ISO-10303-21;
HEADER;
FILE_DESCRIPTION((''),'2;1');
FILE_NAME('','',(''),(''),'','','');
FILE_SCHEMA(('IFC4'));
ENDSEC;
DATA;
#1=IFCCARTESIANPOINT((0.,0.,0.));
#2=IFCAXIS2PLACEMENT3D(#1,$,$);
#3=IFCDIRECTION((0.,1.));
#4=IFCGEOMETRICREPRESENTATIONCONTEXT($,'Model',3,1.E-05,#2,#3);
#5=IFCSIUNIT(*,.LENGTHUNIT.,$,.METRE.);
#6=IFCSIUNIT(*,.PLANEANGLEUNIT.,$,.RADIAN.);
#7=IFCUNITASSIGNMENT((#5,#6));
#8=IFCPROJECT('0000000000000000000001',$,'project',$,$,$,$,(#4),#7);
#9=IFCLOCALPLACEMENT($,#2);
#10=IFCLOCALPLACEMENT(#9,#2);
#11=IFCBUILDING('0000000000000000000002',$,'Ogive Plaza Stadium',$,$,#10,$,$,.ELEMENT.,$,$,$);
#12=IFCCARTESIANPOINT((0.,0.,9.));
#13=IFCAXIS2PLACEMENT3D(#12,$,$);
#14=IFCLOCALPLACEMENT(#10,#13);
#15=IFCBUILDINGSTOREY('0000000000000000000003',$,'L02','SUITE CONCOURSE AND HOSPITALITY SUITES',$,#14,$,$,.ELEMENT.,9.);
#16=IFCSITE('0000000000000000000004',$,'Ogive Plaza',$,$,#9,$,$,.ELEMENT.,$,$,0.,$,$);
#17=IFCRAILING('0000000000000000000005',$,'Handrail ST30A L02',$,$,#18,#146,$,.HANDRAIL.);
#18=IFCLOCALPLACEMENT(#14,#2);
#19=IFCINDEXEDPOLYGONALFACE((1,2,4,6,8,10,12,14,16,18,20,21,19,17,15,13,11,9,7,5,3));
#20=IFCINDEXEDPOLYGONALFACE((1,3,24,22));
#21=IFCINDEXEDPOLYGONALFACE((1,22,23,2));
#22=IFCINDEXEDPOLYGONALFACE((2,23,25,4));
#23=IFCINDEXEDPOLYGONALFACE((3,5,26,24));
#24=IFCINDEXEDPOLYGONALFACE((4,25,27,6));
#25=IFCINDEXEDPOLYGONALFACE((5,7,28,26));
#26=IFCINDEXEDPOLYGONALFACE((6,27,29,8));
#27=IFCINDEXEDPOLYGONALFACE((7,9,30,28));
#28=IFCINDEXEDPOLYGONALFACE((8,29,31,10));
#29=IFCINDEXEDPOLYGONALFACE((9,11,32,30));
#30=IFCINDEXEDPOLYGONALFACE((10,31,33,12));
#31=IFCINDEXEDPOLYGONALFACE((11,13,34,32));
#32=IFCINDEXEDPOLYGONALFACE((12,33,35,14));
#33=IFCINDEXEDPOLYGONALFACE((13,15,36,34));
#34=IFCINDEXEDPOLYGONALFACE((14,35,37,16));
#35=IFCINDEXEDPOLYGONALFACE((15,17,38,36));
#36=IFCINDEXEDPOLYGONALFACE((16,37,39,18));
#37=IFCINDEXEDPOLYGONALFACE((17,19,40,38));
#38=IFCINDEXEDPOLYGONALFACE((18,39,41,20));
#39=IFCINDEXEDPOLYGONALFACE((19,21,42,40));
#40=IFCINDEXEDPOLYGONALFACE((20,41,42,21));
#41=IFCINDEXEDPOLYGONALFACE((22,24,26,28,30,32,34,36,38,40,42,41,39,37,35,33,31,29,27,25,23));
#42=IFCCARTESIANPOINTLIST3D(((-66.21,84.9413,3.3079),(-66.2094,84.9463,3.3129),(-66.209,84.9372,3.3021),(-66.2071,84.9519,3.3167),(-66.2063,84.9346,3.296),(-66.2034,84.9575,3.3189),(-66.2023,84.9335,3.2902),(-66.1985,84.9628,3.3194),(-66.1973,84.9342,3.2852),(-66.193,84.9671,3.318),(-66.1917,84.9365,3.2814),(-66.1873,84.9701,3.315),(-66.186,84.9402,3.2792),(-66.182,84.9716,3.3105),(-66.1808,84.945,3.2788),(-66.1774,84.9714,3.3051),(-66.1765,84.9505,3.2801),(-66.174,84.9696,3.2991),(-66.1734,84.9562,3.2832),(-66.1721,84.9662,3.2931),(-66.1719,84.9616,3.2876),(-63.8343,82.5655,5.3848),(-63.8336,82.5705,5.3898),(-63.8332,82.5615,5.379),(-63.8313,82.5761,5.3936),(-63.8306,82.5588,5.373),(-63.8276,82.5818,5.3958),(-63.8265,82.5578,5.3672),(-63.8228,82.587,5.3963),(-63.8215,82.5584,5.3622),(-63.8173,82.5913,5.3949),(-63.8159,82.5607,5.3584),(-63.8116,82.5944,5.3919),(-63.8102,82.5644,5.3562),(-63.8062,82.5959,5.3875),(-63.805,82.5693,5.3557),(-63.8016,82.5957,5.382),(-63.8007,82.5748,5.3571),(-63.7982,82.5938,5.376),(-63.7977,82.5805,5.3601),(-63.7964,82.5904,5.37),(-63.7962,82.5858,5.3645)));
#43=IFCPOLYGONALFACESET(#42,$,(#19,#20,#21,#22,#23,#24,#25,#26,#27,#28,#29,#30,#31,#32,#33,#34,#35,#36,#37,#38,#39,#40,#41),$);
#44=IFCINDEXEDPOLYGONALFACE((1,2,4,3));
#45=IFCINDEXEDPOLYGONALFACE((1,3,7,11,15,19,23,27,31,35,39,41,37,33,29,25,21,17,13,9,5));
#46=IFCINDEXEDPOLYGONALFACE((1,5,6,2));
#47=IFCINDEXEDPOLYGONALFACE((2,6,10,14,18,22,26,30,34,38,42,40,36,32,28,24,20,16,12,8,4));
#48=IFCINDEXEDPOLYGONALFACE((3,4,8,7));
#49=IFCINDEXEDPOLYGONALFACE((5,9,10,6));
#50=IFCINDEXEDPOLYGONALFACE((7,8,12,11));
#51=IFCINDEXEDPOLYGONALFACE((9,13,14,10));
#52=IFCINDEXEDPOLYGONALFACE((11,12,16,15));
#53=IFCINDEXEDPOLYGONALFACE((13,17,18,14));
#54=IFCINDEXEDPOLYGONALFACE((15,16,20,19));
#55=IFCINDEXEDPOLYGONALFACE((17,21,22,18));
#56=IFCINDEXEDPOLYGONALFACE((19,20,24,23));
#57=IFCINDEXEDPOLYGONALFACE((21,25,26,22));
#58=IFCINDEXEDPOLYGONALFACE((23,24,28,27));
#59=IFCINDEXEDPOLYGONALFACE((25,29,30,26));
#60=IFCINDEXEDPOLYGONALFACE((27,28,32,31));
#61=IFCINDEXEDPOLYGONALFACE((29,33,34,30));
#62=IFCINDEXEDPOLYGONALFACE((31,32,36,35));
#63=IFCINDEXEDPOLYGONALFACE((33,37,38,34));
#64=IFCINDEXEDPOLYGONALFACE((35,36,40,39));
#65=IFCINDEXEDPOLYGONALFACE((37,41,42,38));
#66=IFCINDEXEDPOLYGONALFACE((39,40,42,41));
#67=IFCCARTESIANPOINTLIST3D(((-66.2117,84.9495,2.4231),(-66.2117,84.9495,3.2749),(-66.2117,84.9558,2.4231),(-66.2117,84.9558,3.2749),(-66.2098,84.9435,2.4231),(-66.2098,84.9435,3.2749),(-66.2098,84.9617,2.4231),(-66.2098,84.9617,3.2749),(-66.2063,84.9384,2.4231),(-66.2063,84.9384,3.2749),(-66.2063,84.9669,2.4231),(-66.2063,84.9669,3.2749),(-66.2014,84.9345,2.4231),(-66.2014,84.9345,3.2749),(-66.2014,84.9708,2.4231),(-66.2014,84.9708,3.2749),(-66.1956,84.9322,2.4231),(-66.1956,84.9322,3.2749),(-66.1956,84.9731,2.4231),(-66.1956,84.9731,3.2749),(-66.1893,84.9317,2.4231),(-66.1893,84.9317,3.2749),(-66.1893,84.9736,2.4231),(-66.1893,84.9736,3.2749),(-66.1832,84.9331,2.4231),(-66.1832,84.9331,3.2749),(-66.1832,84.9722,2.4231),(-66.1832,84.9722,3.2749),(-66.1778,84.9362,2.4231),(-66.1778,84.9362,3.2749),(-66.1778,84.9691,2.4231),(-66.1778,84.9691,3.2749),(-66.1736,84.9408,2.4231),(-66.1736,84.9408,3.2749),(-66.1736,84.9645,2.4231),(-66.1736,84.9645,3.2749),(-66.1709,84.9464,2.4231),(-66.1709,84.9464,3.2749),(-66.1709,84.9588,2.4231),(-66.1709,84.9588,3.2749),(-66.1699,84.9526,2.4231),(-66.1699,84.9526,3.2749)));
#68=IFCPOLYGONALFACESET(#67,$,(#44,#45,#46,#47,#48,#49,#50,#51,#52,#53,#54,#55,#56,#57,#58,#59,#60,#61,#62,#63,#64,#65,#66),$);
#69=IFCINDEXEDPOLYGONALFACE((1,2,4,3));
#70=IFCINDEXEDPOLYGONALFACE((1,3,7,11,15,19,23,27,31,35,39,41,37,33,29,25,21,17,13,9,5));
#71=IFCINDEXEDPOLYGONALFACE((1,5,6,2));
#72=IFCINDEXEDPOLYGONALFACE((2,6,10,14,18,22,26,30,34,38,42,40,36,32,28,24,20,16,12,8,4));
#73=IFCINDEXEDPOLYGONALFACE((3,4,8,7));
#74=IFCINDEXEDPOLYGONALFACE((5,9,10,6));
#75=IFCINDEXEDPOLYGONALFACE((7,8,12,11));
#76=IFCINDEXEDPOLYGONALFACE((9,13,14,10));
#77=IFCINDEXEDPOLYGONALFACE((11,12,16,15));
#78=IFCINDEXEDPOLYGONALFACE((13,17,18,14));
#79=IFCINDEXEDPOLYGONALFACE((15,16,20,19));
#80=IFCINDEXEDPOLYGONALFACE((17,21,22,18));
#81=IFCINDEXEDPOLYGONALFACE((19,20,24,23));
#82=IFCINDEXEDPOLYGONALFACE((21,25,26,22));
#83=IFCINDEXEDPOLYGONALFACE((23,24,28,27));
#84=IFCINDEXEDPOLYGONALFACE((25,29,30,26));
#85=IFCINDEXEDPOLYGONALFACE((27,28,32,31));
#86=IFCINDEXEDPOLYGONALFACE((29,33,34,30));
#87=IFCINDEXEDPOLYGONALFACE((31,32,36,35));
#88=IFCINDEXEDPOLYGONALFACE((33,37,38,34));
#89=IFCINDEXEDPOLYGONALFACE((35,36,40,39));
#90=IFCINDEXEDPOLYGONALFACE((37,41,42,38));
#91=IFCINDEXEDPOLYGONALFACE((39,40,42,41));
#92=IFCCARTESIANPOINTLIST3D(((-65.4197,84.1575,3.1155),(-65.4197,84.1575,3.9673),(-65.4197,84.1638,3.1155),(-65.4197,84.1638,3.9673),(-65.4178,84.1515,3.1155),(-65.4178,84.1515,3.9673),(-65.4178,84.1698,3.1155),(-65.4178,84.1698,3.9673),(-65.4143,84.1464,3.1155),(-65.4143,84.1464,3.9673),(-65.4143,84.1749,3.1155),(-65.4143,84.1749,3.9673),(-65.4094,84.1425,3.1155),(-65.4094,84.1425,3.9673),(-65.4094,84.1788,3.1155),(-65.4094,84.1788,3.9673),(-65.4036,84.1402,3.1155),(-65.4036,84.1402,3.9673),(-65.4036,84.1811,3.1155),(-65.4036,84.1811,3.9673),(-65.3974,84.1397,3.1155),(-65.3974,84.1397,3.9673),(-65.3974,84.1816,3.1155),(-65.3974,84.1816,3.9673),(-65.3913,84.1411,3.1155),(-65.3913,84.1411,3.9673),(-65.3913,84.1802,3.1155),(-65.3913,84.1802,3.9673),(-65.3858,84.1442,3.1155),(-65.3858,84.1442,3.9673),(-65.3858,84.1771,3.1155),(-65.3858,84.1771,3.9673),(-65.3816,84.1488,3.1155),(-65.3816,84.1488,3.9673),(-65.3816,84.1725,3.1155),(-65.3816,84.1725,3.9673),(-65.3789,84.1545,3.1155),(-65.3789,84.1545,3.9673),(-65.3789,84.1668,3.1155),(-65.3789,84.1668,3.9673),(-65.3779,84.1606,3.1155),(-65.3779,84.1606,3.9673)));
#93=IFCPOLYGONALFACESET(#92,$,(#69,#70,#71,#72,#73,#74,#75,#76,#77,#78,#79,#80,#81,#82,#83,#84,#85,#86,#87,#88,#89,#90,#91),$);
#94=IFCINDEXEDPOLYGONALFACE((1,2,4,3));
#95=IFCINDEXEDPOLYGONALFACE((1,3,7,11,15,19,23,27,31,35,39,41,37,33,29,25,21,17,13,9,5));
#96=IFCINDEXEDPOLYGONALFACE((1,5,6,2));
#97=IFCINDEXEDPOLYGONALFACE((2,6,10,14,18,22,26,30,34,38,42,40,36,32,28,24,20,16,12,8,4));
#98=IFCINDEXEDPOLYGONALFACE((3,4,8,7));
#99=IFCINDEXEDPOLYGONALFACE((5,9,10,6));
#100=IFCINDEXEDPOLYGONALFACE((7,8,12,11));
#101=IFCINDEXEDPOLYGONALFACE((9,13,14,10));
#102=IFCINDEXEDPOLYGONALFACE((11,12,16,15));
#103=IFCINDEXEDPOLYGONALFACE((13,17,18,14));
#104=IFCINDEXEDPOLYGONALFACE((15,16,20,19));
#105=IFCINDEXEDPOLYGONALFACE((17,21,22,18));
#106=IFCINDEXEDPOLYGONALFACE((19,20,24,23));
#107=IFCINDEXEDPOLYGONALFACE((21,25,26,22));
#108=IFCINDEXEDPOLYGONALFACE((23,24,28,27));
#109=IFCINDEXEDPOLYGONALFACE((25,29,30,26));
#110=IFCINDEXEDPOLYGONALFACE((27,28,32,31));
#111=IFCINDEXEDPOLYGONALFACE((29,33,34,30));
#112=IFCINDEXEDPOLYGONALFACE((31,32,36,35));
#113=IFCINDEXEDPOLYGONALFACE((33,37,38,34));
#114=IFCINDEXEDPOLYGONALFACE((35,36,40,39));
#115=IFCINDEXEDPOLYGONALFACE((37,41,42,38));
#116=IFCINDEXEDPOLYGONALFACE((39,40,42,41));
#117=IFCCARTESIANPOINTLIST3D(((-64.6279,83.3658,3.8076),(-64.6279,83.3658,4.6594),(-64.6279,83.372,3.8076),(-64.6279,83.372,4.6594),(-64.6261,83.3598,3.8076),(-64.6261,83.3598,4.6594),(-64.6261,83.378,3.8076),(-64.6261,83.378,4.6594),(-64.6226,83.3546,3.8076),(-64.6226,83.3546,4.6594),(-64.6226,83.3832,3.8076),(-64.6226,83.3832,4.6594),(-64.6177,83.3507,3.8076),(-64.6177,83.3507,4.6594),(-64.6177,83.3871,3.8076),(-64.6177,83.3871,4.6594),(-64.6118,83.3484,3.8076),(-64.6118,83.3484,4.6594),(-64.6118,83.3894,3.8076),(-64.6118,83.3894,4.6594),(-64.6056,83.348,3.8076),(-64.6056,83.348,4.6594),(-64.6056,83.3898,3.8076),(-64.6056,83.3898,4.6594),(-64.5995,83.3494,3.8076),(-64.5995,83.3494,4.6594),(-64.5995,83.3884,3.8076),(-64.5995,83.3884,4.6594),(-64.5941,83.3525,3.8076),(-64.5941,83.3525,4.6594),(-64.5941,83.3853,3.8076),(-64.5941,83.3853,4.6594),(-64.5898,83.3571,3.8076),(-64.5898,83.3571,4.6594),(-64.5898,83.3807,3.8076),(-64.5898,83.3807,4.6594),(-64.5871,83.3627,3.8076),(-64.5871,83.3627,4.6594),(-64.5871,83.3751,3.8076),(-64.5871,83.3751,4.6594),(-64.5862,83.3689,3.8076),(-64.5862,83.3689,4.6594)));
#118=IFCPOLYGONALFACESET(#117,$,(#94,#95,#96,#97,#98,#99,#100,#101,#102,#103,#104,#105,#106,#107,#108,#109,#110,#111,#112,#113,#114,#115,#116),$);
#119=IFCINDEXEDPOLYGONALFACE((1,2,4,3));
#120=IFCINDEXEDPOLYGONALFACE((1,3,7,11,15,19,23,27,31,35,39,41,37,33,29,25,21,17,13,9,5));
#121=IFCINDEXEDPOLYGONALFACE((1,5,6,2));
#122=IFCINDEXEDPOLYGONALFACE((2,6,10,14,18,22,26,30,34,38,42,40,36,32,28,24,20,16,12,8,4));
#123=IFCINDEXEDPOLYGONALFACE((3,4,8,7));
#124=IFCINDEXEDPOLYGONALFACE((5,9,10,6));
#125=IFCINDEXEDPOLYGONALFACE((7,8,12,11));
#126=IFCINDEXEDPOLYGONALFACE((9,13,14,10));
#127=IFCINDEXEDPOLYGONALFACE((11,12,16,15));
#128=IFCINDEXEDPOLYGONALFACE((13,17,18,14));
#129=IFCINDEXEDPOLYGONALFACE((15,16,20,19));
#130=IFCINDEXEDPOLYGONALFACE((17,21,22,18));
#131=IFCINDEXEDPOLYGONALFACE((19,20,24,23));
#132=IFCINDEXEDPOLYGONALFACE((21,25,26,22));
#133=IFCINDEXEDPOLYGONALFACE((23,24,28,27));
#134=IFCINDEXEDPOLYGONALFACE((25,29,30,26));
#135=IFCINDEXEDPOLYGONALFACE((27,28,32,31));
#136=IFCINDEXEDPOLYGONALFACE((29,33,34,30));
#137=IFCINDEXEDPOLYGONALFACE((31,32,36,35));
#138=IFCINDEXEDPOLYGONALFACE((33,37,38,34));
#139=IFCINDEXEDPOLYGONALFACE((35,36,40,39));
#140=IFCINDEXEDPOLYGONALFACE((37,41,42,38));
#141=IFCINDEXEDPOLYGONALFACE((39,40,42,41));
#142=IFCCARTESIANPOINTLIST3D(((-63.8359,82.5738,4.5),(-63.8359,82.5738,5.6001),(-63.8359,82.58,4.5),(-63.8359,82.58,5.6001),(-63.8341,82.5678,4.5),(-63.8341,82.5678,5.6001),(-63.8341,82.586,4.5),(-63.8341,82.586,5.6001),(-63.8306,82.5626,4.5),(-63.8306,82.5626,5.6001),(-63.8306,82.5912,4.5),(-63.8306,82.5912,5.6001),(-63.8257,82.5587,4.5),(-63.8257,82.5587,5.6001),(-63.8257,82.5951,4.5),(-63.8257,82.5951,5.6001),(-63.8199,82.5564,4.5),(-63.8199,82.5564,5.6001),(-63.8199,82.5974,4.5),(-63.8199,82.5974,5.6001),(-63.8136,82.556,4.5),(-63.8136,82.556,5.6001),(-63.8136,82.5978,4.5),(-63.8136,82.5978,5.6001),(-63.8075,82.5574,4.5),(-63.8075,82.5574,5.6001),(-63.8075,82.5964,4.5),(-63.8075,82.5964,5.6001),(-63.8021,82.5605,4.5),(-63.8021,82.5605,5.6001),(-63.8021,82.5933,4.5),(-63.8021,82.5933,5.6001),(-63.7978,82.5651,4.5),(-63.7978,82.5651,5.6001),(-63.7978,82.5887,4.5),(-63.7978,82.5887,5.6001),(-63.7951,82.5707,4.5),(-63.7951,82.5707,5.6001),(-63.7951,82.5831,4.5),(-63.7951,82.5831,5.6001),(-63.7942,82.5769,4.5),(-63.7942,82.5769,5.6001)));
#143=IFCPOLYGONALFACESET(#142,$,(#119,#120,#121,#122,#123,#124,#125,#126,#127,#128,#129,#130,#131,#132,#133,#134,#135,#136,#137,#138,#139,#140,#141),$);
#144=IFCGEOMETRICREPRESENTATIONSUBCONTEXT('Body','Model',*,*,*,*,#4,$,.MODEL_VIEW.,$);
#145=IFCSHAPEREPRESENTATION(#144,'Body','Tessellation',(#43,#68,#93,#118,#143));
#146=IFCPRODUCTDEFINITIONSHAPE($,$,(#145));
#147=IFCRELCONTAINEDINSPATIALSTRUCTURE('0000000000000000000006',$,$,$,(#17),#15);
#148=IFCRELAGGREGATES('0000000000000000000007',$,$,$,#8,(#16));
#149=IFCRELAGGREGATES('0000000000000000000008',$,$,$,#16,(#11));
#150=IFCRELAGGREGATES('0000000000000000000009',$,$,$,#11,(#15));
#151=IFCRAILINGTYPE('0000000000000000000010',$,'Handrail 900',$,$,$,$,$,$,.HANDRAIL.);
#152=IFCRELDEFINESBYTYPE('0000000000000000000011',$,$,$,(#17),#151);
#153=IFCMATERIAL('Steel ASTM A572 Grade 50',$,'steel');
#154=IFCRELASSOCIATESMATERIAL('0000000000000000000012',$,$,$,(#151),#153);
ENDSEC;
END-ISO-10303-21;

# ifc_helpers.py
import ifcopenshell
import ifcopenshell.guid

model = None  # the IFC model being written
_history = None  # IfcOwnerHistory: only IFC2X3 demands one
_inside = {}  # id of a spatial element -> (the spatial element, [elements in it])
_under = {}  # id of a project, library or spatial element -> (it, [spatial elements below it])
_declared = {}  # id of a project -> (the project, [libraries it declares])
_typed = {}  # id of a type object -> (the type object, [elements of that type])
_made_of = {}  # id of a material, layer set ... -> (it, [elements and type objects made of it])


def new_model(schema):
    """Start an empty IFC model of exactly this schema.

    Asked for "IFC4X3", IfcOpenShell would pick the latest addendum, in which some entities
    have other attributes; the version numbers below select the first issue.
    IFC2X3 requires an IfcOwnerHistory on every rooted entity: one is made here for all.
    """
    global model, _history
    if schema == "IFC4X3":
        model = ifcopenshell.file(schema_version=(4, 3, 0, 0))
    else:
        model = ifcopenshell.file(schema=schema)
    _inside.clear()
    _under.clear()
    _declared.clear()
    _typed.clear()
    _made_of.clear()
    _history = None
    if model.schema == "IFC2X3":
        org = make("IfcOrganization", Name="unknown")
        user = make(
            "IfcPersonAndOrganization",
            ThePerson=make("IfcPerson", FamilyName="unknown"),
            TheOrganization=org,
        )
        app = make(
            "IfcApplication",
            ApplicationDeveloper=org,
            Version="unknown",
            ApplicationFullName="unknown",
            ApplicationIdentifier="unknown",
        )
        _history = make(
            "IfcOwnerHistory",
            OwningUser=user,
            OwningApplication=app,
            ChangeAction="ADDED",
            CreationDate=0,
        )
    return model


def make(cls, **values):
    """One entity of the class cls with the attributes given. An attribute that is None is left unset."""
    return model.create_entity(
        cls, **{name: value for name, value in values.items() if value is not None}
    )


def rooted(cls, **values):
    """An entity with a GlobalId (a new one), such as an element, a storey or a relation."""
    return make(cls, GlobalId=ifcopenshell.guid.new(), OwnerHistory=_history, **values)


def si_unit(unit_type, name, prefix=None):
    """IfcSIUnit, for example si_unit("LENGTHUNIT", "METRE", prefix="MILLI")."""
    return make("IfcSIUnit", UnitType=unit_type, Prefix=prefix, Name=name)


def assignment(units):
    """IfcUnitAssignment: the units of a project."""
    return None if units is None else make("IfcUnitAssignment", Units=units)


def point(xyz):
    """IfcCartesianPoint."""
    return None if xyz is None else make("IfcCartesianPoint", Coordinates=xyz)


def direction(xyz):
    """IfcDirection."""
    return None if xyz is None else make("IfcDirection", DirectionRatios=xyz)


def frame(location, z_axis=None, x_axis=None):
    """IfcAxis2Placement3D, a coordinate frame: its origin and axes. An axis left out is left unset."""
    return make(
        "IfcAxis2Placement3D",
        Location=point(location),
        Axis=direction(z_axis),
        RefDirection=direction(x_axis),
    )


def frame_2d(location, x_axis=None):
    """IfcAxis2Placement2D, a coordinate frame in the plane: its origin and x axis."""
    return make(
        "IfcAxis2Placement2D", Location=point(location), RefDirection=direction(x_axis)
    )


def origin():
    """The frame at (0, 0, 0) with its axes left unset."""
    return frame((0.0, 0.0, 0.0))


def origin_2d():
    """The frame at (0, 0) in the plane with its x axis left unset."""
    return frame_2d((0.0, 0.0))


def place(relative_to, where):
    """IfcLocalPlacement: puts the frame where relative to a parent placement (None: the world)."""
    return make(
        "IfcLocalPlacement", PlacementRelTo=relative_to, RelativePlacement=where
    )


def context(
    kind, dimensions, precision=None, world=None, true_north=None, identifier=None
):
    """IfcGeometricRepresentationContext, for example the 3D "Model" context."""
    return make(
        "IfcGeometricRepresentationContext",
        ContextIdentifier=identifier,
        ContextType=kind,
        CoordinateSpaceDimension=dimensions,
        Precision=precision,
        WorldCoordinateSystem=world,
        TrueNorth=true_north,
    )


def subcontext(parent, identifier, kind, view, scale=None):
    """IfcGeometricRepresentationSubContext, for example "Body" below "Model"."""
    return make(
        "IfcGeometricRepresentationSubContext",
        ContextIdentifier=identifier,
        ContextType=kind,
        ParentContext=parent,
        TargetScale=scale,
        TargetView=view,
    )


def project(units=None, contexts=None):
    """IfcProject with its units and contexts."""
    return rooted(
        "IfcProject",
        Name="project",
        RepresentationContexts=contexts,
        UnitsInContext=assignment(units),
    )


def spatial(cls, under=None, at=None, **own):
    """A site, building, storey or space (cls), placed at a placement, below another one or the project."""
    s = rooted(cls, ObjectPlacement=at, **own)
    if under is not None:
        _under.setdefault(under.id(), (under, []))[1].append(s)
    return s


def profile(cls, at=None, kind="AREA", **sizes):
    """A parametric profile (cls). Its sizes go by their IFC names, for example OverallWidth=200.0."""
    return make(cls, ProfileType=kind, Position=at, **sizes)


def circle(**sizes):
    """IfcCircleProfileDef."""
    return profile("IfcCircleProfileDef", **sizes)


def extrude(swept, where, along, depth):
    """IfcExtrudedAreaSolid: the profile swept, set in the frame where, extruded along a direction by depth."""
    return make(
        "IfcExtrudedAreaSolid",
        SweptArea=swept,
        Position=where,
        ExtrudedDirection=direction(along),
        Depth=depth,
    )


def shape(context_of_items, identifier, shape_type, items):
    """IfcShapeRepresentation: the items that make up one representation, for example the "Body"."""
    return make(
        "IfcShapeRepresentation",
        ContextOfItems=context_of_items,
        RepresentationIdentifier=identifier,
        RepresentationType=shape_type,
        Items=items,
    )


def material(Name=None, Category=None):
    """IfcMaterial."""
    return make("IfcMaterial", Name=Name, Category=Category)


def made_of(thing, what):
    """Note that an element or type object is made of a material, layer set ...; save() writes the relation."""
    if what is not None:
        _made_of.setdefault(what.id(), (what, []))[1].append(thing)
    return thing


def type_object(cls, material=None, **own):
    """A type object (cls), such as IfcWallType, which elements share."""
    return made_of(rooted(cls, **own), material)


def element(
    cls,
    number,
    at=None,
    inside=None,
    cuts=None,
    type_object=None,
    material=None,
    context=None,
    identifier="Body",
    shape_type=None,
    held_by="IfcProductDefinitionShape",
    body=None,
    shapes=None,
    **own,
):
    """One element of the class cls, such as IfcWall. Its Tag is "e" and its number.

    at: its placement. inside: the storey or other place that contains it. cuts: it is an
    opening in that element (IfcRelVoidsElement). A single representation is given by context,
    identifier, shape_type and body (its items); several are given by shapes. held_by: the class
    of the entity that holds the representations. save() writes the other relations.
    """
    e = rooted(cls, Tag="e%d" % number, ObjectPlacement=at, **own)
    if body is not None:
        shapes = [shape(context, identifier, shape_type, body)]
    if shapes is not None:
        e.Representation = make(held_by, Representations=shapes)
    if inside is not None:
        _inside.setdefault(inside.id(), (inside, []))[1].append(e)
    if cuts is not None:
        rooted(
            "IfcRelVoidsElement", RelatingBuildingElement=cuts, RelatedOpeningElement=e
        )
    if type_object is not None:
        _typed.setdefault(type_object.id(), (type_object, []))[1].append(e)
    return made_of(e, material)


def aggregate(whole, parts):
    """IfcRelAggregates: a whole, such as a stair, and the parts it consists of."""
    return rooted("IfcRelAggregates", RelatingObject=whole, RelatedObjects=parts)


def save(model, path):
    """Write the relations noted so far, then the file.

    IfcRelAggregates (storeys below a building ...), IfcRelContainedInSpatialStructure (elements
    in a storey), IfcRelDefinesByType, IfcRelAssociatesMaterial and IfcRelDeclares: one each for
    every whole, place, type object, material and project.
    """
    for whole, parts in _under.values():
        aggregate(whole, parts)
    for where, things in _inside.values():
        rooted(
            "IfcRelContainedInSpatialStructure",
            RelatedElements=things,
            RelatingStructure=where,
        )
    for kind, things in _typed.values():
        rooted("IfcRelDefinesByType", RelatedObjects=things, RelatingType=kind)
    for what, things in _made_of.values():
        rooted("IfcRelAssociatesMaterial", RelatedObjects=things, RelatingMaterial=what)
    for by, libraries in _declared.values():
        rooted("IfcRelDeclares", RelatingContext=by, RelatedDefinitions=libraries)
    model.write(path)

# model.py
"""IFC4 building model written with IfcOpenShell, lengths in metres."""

from ifc_helpers import new_model, si_unit, direction, frame, origin, origin_2d, place, context, subcontext, project, spatial, circle, extrude, material, type_object, element, save


model = new_model("IFC4")

# Units and contexts
model_context = context("Model", 3, precision=1e-05, world=origin(), true_north=direction((0.0, 1.0)))
body_context = subcontext(model_context, "Body", "Model", "MODEL_VIEW")
ifc_project = project(units=[si_unit("LENGTHUNIT", "METRE"), si_unit("PLANEANGLEUNIT", "RADIAN")], contexts=[model_context])

# Site, building, storey
site_placement = place(None, origin())
site = spatial("IfcSite", under=ifc_project, at=site_placement, Name="Ogive Plaza", CompositionType="ELEMENT", RefElevation=0.0)
building_placement = place(site_placement, origin())
building = spatial("IfcBuilding", under=site, at=building_placement, Name="Ogive Plaza Stadium", CompositionType="ELEMENT")
storey_placement = place(building_placement, frame((0.0, 0.0, 9.0)))
storey = spatial("IfcBuildingStorey", under=building, at=storey_placement, Name="L02", Description="SUITE CONCOURSE AND HOSPITALITY SUITES", CompositionType="ELEMENT", Elevation=9.0)

# Railing
ifc_material_1 = material(Name="Steel ASTM A572 Grade 50", Category="steel")
railing_type_1 = type_object("IfcRailingType", Name="Handrail 900", PredefinedType="HANDRAIL", material=ifc_material_1)
for number, where, name in (
    (1, (-66.1909, 84.9526, 2.4231), "Handrail ST30A L02"),
):
    element("IfcRailing", number, at=place(storey_placement, frame(where)), inside=storey, type_object=railing_type_1, Name=name, PredefinedType="HANDRAIL", context=body_context, shape_type="SweptSolid", body=[
        extrude(circle(Radius=0.0239, at=origin_2d()), frame((0.0, 0.0, 0.876), z_axis=(0.601466, -0.601466, 0.525811), x_axis=(0.707107, 0.707107, 0.0)), (0.0, 0.0, 1.0), 3.95),
        extrude(circle(Radius=0.021, at=origin_2d()), origin(), (0.0, 0.0, 1.0), 0.8518),
        extrude(circle(Radius=0.021, at=origin_2d()), frame((0.792, -0.792, 0.6924)), (0.0, 0.0, 1.0), 0.8518),
        extrude(circle(Radius=0.021, at=origin_2d()), frame((1.5837, -1.5837, 1.3845)), (0.0, 0.0, 1.0), 0.8518),
        extrude(circle(Radius=0.021, at=origin_2d()), frame((2.3757, -2.3757, 2.0769)), (0.0, 0.0, 1.0), 1.1001),
    ])

save(model, "model.ifc")
